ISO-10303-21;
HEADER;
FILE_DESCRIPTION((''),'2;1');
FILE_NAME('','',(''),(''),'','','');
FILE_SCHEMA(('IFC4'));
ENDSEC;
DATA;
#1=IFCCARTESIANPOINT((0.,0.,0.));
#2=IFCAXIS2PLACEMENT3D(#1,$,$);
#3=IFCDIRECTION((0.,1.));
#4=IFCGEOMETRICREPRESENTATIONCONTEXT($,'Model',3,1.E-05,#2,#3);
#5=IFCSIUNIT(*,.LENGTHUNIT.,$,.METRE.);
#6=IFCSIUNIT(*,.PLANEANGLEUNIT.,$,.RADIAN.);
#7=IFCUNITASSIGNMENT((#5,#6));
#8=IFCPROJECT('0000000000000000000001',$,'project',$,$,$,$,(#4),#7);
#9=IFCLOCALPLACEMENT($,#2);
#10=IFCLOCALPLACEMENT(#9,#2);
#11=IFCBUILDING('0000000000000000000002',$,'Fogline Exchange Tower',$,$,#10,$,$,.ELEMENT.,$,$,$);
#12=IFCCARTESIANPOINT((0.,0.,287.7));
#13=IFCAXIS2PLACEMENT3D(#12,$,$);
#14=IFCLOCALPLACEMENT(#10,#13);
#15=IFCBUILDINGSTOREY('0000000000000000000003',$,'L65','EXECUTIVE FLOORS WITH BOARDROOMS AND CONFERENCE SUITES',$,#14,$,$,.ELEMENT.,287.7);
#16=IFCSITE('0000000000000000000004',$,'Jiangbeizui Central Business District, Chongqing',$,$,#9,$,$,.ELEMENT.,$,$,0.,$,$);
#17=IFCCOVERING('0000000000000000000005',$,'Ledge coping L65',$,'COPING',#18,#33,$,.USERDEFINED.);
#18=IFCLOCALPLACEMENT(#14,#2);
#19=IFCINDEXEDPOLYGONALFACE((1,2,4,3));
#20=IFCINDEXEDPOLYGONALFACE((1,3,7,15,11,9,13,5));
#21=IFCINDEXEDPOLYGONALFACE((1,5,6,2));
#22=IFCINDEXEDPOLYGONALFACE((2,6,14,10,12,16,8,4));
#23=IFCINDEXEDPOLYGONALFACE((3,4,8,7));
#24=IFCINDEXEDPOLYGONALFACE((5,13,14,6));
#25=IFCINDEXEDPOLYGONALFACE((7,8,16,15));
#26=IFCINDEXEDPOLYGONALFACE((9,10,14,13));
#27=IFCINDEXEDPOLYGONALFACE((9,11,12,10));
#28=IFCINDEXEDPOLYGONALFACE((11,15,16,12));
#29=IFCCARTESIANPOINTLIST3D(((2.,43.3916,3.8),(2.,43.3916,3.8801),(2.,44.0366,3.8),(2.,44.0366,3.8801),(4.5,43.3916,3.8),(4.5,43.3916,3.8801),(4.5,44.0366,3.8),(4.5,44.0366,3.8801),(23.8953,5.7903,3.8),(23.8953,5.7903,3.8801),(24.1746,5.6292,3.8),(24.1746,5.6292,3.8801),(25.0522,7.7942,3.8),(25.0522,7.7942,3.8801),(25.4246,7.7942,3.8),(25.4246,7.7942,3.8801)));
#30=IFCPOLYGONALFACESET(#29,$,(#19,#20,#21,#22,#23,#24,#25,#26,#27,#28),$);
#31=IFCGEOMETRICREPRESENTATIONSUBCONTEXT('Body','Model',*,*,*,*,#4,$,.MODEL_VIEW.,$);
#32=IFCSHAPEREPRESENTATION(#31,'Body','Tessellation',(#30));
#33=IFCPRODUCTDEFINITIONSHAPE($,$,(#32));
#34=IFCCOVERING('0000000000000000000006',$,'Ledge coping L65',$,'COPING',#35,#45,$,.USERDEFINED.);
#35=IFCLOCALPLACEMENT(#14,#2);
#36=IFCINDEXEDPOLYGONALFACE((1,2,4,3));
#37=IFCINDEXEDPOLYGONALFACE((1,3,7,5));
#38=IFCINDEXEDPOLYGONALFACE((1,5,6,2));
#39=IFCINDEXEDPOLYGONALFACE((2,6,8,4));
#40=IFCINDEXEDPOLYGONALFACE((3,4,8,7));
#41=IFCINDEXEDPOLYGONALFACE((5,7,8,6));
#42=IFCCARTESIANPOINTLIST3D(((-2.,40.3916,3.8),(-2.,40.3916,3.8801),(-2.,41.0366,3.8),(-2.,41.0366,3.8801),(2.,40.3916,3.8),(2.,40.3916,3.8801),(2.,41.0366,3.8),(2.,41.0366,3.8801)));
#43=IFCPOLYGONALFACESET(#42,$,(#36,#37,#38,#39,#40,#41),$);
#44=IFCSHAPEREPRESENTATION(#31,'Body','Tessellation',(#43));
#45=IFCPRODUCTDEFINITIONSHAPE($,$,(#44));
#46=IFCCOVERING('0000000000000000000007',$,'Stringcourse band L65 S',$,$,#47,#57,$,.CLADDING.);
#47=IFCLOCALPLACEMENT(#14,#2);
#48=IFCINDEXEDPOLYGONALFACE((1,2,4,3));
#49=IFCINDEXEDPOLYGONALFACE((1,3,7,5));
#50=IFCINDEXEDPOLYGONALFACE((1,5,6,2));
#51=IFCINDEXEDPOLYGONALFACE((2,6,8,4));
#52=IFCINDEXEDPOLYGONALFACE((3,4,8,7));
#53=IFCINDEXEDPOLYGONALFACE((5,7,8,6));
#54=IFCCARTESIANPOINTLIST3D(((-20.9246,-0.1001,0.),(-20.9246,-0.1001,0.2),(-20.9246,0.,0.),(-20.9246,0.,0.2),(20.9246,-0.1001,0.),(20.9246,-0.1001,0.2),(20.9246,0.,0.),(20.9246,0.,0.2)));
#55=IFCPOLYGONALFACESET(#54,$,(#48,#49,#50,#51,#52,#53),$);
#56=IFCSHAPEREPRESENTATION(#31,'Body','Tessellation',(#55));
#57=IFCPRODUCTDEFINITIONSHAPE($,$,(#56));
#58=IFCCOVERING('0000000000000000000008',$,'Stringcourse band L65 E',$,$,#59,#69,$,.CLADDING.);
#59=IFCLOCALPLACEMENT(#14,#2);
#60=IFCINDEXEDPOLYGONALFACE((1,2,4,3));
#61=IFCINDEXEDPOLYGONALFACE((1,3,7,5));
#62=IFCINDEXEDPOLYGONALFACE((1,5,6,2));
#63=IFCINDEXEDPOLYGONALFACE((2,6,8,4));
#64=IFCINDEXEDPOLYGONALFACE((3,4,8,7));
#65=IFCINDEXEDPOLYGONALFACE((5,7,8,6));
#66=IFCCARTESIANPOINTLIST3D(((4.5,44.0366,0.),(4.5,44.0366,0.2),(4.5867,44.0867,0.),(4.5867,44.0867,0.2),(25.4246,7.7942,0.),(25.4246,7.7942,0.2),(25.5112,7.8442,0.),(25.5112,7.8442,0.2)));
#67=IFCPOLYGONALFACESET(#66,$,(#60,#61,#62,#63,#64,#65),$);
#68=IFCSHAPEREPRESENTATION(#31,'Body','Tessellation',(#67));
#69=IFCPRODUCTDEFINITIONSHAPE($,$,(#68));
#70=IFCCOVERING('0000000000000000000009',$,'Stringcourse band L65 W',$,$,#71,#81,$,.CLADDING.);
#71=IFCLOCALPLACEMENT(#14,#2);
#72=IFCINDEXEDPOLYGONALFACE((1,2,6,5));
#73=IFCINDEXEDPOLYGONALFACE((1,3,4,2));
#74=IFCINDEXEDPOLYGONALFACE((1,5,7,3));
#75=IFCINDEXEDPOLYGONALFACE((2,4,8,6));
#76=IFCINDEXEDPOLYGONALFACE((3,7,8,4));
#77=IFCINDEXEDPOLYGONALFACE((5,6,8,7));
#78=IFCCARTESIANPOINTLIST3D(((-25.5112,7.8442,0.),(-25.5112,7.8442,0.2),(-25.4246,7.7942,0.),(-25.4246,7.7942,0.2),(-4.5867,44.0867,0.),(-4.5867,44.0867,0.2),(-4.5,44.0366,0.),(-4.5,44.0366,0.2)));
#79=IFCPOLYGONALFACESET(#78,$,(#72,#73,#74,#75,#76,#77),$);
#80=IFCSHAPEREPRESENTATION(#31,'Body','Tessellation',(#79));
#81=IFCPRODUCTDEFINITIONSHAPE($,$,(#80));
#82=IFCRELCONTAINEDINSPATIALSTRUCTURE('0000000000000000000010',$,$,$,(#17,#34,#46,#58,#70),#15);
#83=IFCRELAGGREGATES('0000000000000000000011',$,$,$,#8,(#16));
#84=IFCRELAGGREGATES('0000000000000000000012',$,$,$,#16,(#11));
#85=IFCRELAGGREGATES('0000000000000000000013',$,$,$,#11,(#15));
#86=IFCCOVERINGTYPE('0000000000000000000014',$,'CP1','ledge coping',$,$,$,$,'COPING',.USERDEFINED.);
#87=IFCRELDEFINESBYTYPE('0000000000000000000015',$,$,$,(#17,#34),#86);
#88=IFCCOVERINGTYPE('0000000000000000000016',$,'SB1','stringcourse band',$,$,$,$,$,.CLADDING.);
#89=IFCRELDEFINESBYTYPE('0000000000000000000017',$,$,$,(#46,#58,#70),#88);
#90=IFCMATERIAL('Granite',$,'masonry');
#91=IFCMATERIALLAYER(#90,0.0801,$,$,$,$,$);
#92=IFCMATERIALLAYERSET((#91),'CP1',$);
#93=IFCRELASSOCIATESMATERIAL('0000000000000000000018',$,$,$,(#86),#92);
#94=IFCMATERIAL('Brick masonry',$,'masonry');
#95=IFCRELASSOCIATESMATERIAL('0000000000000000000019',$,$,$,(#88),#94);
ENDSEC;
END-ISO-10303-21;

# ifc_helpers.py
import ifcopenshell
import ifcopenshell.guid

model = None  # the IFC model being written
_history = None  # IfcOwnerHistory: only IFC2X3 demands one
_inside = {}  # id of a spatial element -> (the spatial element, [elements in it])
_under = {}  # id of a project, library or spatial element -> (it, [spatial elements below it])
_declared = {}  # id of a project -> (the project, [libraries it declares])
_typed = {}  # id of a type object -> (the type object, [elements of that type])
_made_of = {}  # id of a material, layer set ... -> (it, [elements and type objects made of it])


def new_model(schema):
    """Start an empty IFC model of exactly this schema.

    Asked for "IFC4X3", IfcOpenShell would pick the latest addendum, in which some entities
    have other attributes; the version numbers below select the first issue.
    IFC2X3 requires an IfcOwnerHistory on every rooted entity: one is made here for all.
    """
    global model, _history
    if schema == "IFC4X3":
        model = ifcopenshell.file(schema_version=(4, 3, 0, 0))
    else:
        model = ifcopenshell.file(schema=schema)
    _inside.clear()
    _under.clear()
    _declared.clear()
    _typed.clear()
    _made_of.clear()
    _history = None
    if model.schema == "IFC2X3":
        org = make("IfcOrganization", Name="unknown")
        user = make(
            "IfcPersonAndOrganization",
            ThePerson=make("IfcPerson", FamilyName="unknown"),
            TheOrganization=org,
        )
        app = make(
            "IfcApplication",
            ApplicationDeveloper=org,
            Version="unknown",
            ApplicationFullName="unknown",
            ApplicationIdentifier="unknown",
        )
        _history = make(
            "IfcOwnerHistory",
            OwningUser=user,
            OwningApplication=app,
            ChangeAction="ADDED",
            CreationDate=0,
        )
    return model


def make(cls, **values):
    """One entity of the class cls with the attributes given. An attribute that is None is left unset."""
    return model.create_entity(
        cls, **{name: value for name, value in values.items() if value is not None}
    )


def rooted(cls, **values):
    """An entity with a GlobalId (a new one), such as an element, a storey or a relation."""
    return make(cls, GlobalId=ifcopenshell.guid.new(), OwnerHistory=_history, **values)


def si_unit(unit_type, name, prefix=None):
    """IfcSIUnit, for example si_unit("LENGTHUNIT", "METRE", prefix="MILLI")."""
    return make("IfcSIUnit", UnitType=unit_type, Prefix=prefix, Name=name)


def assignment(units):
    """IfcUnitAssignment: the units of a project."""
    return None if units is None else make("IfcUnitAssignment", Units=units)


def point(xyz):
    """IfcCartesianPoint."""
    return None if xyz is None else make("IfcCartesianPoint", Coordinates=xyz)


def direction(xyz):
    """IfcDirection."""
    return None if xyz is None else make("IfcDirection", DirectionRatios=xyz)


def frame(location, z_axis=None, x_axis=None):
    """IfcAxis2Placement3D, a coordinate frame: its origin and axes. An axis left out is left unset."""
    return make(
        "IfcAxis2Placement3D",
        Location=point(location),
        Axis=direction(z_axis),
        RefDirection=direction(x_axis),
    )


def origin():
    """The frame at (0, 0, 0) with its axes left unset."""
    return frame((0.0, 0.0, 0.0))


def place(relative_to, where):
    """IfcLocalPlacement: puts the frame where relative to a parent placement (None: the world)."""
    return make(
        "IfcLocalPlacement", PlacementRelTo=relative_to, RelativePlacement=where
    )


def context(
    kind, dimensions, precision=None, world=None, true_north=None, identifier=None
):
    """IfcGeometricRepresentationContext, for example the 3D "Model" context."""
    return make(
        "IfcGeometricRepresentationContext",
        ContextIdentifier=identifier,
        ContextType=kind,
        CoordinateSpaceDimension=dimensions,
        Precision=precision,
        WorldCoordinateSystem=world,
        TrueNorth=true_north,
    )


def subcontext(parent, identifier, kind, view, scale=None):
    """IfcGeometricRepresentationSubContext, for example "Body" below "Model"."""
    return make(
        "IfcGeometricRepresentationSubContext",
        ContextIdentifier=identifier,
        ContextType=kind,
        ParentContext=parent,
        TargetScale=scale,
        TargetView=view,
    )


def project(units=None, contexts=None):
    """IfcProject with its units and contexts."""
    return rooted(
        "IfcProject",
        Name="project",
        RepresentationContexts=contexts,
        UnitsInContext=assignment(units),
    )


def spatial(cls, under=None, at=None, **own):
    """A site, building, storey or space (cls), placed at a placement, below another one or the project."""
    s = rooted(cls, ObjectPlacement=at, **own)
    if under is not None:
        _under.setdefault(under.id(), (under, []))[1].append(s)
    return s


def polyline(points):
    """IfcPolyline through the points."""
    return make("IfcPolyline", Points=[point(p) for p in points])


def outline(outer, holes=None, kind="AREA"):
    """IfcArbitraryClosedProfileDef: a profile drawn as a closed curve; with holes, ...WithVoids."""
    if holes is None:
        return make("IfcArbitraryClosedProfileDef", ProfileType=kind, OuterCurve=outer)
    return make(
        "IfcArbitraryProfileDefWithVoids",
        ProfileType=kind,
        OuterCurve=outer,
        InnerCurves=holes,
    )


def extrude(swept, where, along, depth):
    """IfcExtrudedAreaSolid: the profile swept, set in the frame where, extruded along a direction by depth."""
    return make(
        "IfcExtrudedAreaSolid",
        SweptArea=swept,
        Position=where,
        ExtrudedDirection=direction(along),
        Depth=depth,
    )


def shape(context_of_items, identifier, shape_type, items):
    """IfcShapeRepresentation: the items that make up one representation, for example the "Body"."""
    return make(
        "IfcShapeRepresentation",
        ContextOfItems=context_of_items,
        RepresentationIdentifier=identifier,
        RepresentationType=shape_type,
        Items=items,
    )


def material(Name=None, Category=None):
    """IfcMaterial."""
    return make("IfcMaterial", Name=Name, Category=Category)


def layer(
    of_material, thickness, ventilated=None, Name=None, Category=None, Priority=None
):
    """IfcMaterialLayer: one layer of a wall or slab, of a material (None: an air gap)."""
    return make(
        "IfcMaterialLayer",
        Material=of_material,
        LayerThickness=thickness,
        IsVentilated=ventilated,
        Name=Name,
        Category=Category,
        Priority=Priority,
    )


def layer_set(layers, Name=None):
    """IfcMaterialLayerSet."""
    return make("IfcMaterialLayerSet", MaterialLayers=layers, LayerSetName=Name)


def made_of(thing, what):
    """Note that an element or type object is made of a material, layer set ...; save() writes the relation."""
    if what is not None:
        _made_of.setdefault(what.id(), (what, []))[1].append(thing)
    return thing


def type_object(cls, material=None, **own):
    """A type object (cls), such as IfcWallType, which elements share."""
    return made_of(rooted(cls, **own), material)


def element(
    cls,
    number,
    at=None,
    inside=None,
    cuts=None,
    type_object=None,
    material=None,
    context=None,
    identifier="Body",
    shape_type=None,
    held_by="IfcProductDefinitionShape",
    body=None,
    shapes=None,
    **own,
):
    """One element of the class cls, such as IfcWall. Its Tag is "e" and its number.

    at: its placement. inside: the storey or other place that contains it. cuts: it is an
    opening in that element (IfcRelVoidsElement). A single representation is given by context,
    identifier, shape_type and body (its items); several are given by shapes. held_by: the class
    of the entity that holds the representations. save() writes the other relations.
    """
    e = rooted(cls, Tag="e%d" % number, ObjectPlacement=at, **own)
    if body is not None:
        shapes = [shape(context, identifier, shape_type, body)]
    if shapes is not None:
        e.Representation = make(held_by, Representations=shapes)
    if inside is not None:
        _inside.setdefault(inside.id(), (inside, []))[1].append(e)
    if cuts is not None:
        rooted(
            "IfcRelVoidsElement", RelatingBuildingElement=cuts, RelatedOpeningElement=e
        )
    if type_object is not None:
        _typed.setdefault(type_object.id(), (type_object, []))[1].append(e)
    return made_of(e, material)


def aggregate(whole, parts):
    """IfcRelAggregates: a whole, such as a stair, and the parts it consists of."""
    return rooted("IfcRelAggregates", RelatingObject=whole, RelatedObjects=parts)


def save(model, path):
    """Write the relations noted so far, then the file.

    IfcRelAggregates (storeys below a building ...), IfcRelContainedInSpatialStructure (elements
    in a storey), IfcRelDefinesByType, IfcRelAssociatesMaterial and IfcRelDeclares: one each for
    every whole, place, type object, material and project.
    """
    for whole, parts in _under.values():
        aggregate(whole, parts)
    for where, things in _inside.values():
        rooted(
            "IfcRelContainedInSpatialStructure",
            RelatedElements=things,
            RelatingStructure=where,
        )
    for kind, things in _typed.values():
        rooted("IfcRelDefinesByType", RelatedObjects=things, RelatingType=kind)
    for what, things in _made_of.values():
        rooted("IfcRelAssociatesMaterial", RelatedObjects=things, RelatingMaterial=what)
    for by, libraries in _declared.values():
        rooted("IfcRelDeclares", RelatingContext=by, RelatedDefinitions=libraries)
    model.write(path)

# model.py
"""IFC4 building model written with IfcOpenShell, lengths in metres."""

from ifc_helpers import new_model, si_unit, direction, frame, origin, place, context, subcontext, project, spatial, polyline, outline, extrude, material, layer, layer_set, type_object, element, save


model = new_model("IFC4")

# Units and contexts
model_context = context("Model", 3, precision=1e-05, world=origin(), true_north=direction((0.0, 1.0)))
body_context = subcontext(model_context, "Body", "Model", "MODEL_VIEW")
ifc_project = project(units=[si_unit("LENGTHUNIT", "METRE"), si_unit("PLANEANGLEUNIT", "RADIAN")], contexts=[model_context])

# Site, building, storey
site_placement = place(None, origin())
site = spatial("IfcSite", under=ifc_project, at=site_placement, Name="Jiangbeizui Central Business District, Chongqing", CompositionType="ELEMENT", RefElevation=0.0)
building_placement = place(site_placement, origin())
building = spatial("IfcBuilding", under=site, at=building_placement, Name="Fogline Exchange Tower", CompositionType="ELEMENT")
storey_placement = place(building_placement, frame((0.0, 0.0, 287.7)))
storey = spatial("IfcBuildingStorey", under=building, at=storey_placement, Name="L65", Description="EXECUTIVE FLOORS WITH BOARDROOMS AND CONFERENCE SUITES", CompositionType="ELEMENT", Elevation=287.7)

# Coverings
ifc_material_1 = material(Name="Granite", Category="masonry")
ifc_layer_1 = layer(ifc_material_1, 0.0801)
ifc_layer_set_1 = layer_set([ifc_layer_1], Name="CP1")
covering_type_1 = type_object("IfcCoveringType", Name="CP1", Description="ledge coping", ElementType="COPING", PredefinedType="USERDEFINED", material=ifc_layer_set_1)
covering_1_placement = place(storey_placement, frame((0.0, 0.0, 3.8)))
element("IfcCovering", 1, at=covering_1_placement, inside=storey, type_object=covering_type_1, Name="Ledge coping L65", ObjectType="COPING", PredefinedType="USERDEFINED", context=body_context, shape_type="SweptSolid", body=[
    extrude(outline(polyline([(2.0, 44.0366), (2.0, 43.3916), (4.5, 43.3916), (25.0522, 7.7942), (23.8953, 5.7903), (24.1746, 5.6292), (25.4246, 7.7942), (4.5, 44.0366), (2.0, 44.0366)])), origin(), (0.0, 0.0, 1.0), 0.0801),
])
covering_2_placement = place(storey_placement, frame((0.0, 0.0, 3.8)))
element("IfcCovering", 2, at=covering_2_placement, inside=storey, type_object=covering_type_1, Name="Ledge coping L65", ObjectType="COPING", PredefinedType="USERDEFINED", context=body_context, shape_type="SweptSolid", body=[
    extrude(outline(polyline([(2.0, 41.0366), (-2.0, 41.0366), (-2.0, 40.3916), (2.0, 40.3916), (2.0, 41.0366)])), origin(), (0.0, 0.0, 1.0), 0.0801),
])
ifc_material_2 = material(Name="Brick masonry", Category="masonry")
covering_type_2 = type_object("IfcCoveringType", Name="SB1", Description="stringcourse band", PredefinedType="CLADDING", material=ifc_material_2)
covering_3_placement = place(storey_placement, origin())
element("IfcCovering", 3, at=covering_3_placement, inside=storey, type_object=covering_type_2, Name="Stringcourse band L65 S", PredefinedType="CLADDING", context=body_context, shape_type="SweptSolid", body=[
    extrude(outline(polyline([(-20.9246, 0.0), (-20.9246, -0.1001), (20.9246, -0.1001), (20.9246, 0.0), (-20.9246, 0.0)])), origin(), (0.0, 0.0, 1.0), 0.2),
])
covering_4_placement = place(storey_placement, origin())
element("IfcCovering", 4, at=covering_4_placement, inside=storey, type_object=covering_type_2, Name="Stringcourse band L65 E", PredefinedType="CLADDING", context=body_context, shape_type="SweptSolid", body=[
    extrude(outline(polyline([(25.4246, 7.7942), (25.5112, 7.8442), (4.5867, 44.0867), (4.5, 44.0366), (25.4246, 7.7942)])), origin(), (0.0, 0.0, 1.0), 0.2),
])
covering_5_placement = place(storey_placement, origin())
element("IfcCovering", 5, at=covering_5_placement, inside=storey, type_object=covering_type_2, Name="Stringcourse band L65 W", PredefinedType="CLADDING", context=body_context, shape_type="SweptSolid", body=[
    extrude(outline(polyline([(-4.5, 44.0366), (-4.5867, 44.0867), (-25.5112, 7.8442), (-25.4246, 7.7942), (-4.5, 44.0366)])), origin(), (0.0, 0.0, 1.0), 0.2),
])

save(model, "model.ifc")
